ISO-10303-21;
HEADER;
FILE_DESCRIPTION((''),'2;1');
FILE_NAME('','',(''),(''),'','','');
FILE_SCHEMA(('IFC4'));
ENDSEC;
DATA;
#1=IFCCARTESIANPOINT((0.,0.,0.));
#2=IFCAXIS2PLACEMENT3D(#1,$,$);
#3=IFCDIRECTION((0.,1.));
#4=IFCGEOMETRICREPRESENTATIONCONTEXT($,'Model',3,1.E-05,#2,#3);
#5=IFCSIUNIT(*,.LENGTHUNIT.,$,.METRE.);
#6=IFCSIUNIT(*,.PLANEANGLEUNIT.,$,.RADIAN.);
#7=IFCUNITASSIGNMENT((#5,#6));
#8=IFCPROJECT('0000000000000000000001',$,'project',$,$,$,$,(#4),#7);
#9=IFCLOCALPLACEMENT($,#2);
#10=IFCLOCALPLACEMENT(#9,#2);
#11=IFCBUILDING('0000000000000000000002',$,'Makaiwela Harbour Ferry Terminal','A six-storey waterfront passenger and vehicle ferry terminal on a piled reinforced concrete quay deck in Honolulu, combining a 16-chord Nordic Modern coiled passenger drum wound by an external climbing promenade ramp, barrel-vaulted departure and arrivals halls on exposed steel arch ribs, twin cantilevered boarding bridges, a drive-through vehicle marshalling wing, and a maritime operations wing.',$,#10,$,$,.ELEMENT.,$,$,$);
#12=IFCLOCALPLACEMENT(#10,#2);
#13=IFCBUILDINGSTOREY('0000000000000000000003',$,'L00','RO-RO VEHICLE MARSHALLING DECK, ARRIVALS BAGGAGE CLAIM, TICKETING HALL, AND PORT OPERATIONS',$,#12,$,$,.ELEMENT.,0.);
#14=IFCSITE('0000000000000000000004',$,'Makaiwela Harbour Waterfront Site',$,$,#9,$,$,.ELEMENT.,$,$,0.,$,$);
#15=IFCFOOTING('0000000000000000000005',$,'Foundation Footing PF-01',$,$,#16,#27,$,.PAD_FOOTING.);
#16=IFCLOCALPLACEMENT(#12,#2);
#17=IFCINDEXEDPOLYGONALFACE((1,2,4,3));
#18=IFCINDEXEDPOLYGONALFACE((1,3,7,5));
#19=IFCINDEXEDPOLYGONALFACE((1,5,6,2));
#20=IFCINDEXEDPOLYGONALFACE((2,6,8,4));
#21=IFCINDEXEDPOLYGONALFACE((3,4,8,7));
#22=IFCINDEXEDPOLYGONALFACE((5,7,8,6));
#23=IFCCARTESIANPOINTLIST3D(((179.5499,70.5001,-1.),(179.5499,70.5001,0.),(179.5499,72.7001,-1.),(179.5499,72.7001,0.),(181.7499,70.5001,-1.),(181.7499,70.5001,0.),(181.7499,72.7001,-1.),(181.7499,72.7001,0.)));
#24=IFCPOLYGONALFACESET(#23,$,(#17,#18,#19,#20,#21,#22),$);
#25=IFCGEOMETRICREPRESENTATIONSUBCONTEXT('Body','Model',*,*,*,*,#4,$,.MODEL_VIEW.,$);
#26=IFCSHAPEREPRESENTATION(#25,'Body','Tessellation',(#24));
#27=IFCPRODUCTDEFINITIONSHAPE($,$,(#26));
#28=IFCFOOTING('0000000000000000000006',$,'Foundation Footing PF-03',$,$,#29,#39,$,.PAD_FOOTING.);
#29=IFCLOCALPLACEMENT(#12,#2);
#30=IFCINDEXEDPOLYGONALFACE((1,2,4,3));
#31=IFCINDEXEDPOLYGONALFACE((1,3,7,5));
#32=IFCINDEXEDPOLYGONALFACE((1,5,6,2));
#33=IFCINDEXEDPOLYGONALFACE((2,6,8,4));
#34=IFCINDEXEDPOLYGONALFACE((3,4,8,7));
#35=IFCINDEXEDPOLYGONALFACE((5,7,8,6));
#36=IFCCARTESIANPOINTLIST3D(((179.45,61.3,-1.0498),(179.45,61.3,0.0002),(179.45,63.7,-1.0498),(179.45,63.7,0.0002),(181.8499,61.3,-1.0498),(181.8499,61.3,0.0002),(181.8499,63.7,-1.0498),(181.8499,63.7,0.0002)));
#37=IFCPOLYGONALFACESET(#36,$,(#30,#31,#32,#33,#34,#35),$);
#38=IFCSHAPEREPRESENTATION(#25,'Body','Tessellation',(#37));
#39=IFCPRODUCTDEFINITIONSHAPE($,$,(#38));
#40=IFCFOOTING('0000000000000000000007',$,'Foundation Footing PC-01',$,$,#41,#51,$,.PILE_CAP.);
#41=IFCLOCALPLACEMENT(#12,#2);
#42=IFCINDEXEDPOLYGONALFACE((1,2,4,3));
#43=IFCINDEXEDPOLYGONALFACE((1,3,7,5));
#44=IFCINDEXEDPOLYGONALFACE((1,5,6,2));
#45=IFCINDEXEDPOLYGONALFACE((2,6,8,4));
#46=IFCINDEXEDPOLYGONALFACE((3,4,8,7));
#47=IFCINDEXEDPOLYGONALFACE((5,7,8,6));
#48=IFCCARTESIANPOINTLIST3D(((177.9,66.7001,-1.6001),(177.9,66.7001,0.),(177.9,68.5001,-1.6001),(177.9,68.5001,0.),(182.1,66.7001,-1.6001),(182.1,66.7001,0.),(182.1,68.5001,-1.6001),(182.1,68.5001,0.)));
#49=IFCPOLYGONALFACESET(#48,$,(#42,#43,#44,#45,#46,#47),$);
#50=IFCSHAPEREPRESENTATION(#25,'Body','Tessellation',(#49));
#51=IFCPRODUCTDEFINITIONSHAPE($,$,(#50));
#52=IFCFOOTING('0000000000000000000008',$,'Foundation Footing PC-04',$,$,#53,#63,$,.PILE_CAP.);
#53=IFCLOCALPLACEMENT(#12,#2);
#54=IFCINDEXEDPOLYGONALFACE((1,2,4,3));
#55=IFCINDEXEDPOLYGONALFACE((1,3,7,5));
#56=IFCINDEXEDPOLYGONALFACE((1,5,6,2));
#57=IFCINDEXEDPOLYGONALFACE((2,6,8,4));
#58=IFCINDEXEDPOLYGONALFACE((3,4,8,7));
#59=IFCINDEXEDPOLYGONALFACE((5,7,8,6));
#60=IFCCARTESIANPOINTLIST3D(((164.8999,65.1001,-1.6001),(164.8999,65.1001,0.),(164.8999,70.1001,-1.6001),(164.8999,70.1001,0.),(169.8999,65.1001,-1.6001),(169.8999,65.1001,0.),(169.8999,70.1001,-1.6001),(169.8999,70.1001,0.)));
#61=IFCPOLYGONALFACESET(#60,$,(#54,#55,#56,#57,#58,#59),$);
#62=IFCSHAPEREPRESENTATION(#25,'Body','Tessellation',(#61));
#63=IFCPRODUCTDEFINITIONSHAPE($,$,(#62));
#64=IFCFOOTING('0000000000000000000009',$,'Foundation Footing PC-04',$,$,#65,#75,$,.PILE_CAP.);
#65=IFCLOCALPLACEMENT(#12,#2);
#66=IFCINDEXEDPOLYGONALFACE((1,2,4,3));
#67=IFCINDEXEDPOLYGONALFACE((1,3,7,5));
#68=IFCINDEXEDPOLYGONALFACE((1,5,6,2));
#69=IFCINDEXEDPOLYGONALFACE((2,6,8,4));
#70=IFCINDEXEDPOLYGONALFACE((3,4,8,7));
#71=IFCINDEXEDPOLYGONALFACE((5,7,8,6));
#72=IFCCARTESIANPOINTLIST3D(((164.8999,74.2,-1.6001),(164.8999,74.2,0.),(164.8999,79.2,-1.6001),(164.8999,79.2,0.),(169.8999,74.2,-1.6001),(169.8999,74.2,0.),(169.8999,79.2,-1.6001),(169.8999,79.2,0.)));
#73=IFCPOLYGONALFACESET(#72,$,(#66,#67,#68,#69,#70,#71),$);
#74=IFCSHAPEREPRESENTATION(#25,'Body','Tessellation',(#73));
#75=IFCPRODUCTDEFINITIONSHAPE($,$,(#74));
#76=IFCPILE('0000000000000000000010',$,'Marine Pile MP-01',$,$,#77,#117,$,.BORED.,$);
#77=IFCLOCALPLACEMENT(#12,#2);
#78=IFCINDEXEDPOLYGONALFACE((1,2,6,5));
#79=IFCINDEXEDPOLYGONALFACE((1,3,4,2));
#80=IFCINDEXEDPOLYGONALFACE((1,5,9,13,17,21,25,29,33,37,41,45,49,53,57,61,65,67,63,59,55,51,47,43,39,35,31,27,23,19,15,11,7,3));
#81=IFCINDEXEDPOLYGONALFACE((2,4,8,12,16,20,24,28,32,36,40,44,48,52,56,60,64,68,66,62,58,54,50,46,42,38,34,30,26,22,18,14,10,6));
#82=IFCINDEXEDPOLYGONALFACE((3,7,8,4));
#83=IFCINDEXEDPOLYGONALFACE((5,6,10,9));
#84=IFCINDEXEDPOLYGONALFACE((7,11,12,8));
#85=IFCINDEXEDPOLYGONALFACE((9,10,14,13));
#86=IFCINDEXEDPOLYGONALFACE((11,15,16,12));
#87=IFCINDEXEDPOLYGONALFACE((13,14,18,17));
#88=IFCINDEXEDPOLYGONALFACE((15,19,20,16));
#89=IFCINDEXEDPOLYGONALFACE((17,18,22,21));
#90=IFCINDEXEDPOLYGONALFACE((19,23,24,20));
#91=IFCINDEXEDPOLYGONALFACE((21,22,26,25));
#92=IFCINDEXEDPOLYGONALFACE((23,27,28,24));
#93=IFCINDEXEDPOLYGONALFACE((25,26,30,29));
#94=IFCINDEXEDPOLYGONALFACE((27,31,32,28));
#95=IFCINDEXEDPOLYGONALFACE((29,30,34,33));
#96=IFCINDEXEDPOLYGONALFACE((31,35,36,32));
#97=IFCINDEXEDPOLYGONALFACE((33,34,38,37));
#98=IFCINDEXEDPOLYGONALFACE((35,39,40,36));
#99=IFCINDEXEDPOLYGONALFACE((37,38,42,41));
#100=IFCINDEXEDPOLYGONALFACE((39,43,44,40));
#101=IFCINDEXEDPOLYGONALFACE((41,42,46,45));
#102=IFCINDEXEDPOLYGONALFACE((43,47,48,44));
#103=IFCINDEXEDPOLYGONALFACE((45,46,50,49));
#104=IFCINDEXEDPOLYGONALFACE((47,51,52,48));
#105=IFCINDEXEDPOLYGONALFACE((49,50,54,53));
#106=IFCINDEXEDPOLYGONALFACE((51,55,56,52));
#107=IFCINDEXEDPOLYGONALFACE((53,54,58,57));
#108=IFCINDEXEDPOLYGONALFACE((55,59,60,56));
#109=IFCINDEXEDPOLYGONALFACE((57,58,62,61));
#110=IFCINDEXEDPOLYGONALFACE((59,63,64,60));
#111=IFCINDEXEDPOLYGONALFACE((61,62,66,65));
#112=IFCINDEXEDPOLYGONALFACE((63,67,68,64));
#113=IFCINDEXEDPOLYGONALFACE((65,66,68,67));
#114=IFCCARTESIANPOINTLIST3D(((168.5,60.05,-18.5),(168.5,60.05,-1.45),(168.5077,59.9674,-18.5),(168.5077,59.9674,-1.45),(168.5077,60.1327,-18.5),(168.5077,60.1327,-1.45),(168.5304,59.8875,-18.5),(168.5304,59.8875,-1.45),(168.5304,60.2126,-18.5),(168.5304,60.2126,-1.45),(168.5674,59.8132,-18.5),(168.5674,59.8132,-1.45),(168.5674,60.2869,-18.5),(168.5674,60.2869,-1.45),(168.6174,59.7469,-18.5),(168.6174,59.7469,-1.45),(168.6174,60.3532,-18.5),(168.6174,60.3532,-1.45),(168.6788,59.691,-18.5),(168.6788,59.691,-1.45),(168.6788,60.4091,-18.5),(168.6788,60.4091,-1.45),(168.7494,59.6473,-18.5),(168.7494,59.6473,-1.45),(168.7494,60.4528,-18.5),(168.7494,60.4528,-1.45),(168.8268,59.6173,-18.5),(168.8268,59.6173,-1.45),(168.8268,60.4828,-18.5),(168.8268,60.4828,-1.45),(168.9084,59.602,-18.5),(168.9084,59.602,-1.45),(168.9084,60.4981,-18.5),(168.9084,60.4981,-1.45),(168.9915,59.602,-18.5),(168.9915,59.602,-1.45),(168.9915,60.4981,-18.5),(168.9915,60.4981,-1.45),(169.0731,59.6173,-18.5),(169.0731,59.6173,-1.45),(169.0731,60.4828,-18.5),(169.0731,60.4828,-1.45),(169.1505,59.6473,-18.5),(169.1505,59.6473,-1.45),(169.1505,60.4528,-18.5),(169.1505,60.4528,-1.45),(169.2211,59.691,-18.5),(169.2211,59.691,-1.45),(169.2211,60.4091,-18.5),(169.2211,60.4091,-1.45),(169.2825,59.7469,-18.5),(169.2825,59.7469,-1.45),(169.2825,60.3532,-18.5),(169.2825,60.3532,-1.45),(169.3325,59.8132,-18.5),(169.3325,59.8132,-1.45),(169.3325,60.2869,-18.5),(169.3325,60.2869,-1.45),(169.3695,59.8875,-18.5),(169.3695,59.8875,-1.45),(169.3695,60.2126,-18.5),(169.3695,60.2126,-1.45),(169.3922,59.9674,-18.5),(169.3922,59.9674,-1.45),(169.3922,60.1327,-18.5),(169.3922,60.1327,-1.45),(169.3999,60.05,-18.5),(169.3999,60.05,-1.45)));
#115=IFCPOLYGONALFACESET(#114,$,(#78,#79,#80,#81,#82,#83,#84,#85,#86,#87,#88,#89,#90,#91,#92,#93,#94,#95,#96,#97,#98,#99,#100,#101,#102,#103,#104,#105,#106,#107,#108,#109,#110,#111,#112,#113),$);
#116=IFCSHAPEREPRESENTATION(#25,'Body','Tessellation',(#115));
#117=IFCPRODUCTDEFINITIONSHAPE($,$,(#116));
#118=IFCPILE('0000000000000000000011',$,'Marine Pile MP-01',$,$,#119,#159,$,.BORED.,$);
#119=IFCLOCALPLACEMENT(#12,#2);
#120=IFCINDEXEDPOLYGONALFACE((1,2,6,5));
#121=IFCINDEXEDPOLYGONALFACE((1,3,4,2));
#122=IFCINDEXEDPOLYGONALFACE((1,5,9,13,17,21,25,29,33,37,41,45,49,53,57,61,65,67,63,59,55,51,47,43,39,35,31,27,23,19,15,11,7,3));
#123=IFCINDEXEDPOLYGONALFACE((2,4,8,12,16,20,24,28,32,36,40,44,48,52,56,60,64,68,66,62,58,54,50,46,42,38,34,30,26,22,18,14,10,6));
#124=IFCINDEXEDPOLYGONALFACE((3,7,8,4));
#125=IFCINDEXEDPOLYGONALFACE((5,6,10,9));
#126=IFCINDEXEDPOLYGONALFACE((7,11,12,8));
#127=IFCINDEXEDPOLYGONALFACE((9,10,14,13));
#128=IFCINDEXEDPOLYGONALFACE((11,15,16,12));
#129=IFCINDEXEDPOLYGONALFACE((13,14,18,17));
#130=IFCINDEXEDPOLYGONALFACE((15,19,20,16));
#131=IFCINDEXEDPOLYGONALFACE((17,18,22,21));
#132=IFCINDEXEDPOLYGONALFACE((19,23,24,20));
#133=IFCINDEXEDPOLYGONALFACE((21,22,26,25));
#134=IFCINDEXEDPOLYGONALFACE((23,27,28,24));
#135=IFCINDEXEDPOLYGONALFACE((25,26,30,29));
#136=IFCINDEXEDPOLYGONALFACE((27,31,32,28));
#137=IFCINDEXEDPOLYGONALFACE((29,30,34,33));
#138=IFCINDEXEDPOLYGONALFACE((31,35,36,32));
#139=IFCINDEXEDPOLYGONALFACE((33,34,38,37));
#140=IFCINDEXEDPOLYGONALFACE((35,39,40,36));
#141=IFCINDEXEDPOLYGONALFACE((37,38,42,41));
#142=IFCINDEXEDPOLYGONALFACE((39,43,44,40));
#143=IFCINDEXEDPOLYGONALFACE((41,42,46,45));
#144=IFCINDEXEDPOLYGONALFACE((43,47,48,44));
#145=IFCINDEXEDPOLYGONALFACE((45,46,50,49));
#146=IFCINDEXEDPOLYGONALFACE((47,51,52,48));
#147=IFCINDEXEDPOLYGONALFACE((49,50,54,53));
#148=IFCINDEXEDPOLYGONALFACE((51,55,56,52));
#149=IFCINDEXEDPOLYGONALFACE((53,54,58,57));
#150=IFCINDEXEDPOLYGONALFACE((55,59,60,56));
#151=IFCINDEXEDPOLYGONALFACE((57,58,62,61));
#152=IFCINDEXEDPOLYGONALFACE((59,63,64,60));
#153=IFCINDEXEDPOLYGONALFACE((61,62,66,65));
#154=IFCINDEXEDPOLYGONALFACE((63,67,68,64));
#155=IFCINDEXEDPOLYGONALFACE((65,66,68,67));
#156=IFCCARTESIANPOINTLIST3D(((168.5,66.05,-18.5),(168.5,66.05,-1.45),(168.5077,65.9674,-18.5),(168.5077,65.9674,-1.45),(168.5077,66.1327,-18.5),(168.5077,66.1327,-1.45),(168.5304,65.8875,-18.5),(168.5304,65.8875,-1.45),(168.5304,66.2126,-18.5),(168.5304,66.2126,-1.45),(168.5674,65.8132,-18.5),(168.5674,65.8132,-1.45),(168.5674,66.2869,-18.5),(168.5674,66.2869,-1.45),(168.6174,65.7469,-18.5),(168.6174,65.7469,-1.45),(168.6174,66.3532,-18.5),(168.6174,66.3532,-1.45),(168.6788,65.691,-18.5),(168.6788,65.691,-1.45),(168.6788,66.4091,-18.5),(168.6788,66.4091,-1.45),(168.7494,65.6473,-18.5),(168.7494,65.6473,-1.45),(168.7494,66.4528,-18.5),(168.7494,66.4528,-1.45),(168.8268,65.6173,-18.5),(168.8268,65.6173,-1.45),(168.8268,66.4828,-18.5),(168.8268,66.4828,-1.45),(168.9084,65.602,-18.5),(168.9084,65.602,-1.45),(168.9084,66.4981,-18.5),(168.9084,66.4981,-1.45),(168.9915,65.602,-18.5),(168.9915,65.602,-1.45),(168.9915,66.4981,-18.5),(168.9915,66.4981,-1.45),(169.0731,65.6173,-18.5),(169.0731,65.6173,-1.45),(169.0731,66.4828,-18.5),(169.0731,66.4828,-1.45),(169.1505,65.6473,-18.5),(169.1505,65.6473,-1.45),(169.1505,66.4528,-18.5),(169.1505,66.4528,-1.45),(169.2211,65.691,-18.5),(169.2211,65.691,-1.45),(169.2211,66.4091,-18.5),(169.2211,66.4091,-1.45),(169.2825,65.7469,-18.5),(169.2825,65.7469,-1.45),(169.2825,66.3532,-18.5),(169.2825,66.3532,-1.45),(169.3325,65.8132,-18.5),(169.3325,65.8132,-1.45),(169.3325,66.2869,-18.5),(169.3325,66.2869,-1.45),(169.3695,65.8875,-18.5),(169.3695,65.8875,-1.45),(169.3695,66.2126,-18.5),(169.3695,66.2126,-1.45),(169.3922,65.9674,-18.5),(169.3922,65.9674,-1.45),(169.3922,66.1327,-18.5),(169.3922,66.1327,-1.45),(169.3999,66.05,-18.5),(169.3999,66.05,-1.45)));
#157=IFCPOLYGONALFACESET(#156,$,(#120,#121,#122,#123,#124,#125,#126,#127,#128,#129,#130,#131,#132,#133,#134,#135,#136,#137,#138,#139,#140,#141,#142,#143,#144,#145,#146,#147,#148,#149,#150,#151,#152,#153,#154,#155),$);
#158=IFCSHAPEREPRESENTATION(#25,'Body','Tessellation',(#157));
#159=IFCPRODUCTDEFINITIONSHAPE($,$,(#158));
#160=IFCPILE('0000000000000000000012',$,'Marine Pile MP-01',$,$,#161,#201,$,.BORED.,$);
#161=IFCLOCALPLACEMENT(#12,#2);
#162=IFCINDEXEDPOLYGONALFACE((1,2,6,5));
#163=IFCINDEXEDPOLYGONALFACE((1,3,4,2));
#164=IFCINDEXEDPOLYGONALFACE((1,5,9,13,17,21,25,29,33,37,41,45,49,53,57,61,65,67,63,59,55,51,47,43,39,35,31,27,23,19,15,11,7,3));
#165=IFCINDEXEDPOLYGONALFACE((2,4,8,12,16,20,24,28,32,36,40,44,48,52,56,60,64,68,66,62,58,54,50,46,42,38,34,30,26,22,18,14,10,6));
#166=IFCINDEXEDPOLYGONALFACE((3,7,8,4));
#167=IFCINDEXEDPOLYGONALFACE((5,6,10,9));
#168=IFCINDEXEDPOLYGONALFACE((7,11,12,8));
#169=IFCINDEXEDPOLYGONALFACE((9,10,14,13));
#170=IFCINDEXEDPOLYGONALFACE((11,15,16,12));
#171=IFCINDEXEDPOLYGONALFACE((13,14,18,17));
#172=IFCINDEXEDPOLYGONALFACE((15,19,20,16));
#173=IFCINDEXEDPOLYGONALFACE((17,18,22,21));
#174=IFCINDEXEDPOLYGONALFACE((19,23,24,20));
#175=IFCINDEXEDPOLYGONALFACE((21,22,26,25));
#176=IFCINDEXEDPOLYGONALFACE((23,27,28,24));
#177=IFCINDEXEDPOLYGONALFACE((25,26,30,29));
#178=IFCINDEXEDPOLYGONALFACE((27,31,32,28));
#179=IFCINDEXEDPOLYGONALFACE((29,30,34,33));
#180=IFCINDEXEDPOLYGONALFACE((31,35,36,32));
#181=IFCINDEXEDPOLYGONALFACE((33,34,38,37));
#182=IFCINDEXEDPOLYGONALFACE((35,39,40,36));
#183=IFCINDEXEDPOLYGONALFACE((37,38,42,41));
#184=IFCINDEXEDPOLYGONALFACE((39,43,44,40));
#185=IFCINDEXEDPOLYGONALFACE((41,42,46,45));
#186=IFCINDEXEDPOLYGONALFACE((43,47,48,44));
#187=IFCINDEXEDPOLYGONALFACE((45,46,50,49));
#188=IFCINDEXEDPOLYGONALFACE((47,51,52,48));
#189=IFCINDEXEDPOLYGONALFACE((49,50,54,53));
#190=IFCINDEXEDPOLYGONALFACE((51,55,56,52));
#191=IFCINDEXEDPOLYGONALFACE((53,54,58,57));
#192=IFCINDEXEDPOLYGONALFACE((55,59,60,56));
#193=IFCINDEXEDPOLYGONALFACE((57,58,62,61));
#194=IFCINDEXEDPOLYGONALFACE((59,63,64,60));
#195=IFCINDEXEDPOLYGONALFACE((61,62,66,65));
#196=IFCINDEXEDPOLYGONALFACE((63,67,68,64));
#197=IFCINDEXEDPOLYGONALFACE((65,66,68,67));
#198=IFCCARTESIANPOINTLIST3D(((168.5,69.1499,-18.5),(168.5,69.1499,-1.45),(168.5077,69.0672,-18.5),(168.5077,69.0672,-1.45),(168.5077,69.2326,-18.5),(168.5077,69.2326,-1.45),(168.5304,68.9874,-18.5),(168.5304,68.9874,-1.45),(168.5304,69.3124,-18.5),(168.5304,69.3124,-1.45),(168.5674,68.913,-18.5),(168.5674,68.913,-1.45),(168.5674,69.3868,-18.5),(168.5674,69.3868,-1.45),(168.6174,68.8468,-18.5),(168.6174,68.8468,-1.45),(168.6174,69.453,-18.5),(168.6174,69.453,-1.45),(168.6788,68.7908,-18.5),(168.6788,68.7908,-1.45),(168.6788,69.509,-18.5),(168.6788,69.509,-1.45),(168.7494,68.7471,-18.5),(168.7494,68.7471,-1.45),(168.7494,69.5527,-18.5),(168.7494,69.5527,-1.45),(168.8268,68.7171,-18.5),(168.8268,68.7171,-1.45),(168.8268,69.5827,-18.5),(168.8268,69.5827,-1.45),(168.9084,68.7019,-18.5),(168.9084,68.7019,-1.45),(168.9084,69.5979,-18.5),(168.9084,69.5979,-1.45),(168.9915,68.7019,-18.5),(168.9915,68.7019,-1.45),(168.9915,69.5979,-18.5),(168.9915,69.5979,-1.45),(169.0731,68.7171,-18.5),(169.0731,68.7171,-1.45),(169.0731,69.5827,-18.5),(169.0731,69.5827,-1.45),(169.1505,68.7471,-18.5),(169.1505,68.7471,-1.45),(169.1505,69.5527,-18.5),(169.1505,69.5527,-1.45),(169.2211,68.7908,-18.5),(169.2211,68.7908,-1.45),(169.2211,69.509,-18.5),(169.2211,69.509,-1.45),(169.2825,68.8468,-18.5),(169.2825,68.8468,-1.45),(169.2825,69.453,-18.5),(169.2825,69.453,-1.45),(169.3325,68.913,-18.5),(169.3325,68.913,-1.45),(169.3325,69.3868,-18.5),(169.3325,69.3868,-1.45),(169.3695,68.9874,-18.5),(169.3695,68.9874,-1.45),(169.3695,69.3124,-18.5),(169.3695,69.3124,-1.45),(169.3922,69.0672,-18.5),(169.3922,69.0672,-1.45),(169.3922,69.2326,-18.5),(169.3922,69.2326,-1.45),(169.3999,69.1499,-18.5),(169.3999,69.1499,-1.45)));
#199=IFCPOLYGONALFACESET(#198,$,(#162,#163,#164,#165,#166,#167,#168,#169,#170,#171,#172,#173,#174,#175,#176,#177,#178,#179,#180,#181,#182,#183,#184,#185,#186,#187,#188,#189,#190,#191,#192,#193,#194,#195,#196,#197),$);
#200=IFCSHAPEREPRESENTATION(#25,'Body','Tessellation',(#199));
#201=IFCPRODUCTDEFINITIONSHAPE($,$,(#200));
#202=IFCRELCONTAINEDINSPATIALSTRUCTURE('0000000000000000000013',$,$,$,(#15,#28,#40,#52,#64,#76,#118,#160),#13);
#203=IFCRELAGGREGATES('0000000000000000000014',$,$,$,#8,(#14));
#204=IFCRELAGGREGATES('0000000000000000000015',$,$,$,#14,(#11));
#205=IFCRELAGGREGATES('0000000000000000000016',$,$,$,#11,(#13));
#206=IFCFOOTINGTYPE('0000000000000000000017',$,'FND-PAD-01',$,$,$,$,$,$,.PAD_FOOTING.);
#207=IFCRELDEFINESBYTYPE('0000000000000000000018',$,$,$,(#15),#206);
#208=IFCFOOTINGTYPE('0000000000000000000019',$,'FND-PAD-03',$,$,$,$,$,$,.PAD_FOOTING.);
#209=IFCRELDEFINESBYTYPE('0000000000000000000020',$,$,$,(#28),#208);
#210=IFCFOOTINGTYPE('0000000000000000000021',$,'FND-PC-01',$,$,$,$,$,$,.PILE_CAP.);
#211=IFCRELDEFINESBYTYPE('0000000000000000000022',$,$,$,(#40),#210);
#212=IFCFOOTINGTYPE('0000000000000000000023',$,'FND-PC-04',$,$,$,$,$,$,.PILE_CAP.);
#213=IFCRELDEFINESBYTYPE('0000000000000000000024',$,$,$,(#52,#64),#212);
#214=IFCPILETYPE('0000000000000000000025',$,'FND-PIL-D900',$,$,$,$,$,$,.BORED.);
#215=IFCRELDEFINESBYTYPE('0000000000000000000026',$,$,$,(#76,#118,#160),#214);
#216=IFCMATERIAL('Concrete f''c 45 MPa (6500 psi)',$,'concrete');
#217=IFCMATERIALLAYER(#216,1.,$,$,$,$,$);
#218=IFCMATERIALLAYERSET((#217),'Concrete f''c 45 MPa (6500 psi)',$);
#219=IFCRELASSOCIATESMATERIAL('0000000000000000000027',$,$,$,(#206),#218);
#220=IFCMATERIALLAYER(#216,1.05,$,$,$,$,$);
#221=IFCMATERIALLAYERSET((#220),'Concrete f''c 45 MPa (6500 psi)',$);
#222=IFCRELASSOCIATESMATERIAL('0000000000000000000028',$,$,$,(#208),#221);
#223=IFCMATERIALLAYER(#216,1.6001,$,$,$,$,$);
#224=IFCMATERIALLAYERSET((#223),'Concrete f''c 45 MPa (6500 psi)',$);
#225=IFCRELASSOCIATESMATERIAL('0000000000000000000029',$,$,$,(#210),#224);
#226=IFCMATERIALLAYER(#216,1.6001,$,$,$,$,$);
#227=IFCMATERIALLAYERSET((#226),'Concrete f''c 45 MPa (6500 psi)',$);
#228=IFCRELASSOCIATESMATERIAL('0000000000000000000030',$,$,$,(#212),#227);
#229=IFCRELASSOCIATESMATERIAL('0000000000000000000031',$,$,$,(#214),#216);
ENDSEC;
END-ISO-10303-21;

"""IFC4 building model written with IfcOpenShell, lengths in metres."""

from ifc_helpers import new_model, si_unit, direction, frame, origin, origin_2d, place, context, subcontext, project, spatial, rectangle, circle, extrude, material, layer, layer_set, material_profile, profile_set, type_object, element, save


model = new_model("IFC4")

# Units and contexts
model_context = context("Model", 3, precision=1e-05, world=origin(), true_north=direction((0.0, 1.0)))
body_context = subcontext(model_context, "Body", "Model", "MODEL_VIEW")
ifc_project = project(units=[si_unit("LENGTHUNIT", "METRE"), si_unit("PLANEANGLEUNIT", "RADIAN")], contexts=[model_context])

# Site, building, storey
site_placement = place(None, origin())
site = spatial("IfcSite", under=ifc_project, at=site_placement, Name="Makaiwela Harbour Waterfront Site", CompositionType="ELEMENT", RefElevation=0.0)
building_placement = place(site_placement, origin())
building = spatial("IfcBuilding", under=site, at=building_placement, Name="Makaiwela Harbour Ferry Terminal", Description="A six-storey waterfront passenger and vehicle ferry terminal on a piled reinforced concrete quay deck in Honolulu, combining a 16-chord Nordic Modern coiled passenger drum wound by an external climbing promenade ramp, barrel-vaulted departure and arrivals halls on exposed steel arch ribs, twin cantilevered boarding bridges, a drive-through vehicle marshalling wing, and a maritime operations wing.", CompositionType="ELEMENT")
storey_placement = place(building_placement, origin())
storey = spatial("IfcBuildingStorey", under=building, at=storey_placement, Name="L00", Description="RO-RO VEHICLE MARSHALLING DECK, ARRIVALS BAGGAGE CLAIM, TICKETING HALL, AND PORT OPERATIONS", CompositionType="ELEMENT", Elevation=0.0)

# Footings
ifc_material_1 = material(Name="Concrete f'c 45 MPa (6500 psi)", Category="concrete")
ifc_layer_1 = layer(ifc_material_1, 1.0)
ifc_layer_set_1 = layer_set([ifc_layer_1], Name="Concrete f'c 45 MPa (6500 psi)")
footing_type_1 = type_object("IfcFootingType", Name="FND-PAD-01", PredefinedType="PAD_FOOTING", material=ifc_layer_set_1)
footing_1_placement = place(storey_placement, frame((180.6499, 71.6001, -1.0), z_axis=(0.0, 0.0, 1.0), x_axis=(1.0, 0.0, 0.0)))
element("IfcFooting", 1, at=footing_1_placement, inside=storey, type_object=footing_type_1, Name="Foundation Footing PF-01", PredefinedType="PAD_FOOTING", context=body_context, shape_type="SweptSolid", body=[
    extrude(rectangle(XDim=2.2, YDim=2.2, at=origin_2d()), origin(), (0.0, 0.0, 1.0), 1.0),
])
ifc_layer_2 = layer(ifc_material_1, 1.05)
ifc_layer_set_2 = layer_set([ifc_layer_2], Name="Concrete f'c 45 MPa (6500 psi)")
footing_type_2 = type_object("IfcFootingType", Name="FND-PAD-03", PredefinedType="PAD_FOOTING", material=ifc_layer_set_2)
footing_2_placement = place(storey_placement, frame((180.6499, 62.5, -1.0498), z_axis=(0.0, 0.0, 1.0), x_axis=(1.0, 0.0, 0.0)))
element("IfcFooting", 2, at=footing_2_placement, inside=storey, type_object=footing_type_2, Name="Foundation Footing PF-03", PredefinedType="PAD_FOOTING", context=body_context, shape_type="SweptSolid", body=[
    extrude(rectangle(XDim=2.3999, YDim=2.3999, at=origin_2d()), origin(), (0.0, 0.0, 1.0), 1.05),
])
ifc_layer_3 = layer(ifc_material_1, 1.6001)
ifc_layer_set_3 = layer_set([ifc_layer_3], Name="Concrete f'c 45 MPa (6500 psi)")
footing_type_3 = type_object("IfcFootingType", Name="FND-PC-01", PredefinedType="PILE_CAP", material=ifc_layer_set_3)
footing_3_placement = place(storey_placement, frame((180.0, 67.6001, -1.6001), z_axis=(0.0, 0.0, 1.0), x_axis=(1.0, 0.0, 0.0)))
element("IfcFooting", 3, at=footing_3_placement, inside=storey, type_object=footing_type_3, Name="Foundation Footing PC-01", PredefinedType="PILE_CAP", context=body_context, shape_type="SweptSolid", body=[
    extrude(rectangle(XDim=4.2, YDim=1.8, at=origin_2d()), origin(), (0.0, 0.0, 1.0), 1.6001),
])
ifc_layer_4 = layer(ifc_material_1, 1.6001)
ifc_layer_set_4 = layer_set([ifc_layer_4], Name="Concrete f'c 45 MPa (6500 psi)")
footing_type_4 = type_object("IfcFootingType", Name="FND-PC-04", PredefinedType="PILE_CAP", material=ifc_layer_set_4)
for number, where, z_axis, x_axis, name in (
    (4, (167.3999, 67.6001, -1.6001), (0.0, 0.0, 1.0), (1.0, 0.0, 0.0), "Foundation Footing PC-04"),
    (5, (167.3999, 76.7, -1.6001), (0.0, 0.0, 1.0), (1.0, 0.0, 0.0), "Foundation Footing PC-04"),
):
    element("IfcFooting", number, at=place(storey_placement, frame(where, z_axis=z_axis, x_axis=x_axis)), inside=storey, type_object=footing_type_4, Name=name, PredefinedType="PILE_CAP", context=body_context, shape_type="SweptSolid", body=[
        extrude(rectangle(XDim=5.0, YDim=5.0, at=origin_2d()), origin(), (0.0, 0.0, 1.0), 1.6001),
    ])

# Piles
ifc_material_profile_1 = material_profile(ifc_material_1, circle(Radius=0.45, at=origin_2d()), Name="PILE-D900")
ifc_profile_set_1 = profile_set([ifc_material_profile_1], Name="Concrete f'c 45 MPa (6500 psi)")
pile_type = type_object("IfcPileType", Name="FND-PIL-D900", PredefinedType="BORED", material=ifc_profile_set_1)
for number, where, z_axis, x_axis, name in (
    (6, (168.95, 60.05, -1.45), (0.0, 0.0, -1.0), (1.0, 0.0, 0.0), "Marine Pile MP-01"),
    (7, (168.95, 66.05, -1.45), (0.0, 0.0, -1.0), (1.0, 0.0, 0.0), "Marine Pile MP-01"),
    (8, (168.95, 69.1499, -1.45), (0.0, 0.0, -1.0), (1.0, 0.0, 0.0), "Marine Pile MP-01"),
):
    element("IfcPile", number, at=place(storey_placement, frame(where, z_axis=z_axis, x_axis=x_axis)), inside=storey, type_object=pile_type, Name=name, PredefinedType="BORED", context=body_context, shape_type="SweptSolid", body=[
        extrude(circle(Radius=0.45, at=origin_2d()), origin(), (0.0, 0.0, 1.0), 17.05),
    ])

save(model, "model.ifc")
